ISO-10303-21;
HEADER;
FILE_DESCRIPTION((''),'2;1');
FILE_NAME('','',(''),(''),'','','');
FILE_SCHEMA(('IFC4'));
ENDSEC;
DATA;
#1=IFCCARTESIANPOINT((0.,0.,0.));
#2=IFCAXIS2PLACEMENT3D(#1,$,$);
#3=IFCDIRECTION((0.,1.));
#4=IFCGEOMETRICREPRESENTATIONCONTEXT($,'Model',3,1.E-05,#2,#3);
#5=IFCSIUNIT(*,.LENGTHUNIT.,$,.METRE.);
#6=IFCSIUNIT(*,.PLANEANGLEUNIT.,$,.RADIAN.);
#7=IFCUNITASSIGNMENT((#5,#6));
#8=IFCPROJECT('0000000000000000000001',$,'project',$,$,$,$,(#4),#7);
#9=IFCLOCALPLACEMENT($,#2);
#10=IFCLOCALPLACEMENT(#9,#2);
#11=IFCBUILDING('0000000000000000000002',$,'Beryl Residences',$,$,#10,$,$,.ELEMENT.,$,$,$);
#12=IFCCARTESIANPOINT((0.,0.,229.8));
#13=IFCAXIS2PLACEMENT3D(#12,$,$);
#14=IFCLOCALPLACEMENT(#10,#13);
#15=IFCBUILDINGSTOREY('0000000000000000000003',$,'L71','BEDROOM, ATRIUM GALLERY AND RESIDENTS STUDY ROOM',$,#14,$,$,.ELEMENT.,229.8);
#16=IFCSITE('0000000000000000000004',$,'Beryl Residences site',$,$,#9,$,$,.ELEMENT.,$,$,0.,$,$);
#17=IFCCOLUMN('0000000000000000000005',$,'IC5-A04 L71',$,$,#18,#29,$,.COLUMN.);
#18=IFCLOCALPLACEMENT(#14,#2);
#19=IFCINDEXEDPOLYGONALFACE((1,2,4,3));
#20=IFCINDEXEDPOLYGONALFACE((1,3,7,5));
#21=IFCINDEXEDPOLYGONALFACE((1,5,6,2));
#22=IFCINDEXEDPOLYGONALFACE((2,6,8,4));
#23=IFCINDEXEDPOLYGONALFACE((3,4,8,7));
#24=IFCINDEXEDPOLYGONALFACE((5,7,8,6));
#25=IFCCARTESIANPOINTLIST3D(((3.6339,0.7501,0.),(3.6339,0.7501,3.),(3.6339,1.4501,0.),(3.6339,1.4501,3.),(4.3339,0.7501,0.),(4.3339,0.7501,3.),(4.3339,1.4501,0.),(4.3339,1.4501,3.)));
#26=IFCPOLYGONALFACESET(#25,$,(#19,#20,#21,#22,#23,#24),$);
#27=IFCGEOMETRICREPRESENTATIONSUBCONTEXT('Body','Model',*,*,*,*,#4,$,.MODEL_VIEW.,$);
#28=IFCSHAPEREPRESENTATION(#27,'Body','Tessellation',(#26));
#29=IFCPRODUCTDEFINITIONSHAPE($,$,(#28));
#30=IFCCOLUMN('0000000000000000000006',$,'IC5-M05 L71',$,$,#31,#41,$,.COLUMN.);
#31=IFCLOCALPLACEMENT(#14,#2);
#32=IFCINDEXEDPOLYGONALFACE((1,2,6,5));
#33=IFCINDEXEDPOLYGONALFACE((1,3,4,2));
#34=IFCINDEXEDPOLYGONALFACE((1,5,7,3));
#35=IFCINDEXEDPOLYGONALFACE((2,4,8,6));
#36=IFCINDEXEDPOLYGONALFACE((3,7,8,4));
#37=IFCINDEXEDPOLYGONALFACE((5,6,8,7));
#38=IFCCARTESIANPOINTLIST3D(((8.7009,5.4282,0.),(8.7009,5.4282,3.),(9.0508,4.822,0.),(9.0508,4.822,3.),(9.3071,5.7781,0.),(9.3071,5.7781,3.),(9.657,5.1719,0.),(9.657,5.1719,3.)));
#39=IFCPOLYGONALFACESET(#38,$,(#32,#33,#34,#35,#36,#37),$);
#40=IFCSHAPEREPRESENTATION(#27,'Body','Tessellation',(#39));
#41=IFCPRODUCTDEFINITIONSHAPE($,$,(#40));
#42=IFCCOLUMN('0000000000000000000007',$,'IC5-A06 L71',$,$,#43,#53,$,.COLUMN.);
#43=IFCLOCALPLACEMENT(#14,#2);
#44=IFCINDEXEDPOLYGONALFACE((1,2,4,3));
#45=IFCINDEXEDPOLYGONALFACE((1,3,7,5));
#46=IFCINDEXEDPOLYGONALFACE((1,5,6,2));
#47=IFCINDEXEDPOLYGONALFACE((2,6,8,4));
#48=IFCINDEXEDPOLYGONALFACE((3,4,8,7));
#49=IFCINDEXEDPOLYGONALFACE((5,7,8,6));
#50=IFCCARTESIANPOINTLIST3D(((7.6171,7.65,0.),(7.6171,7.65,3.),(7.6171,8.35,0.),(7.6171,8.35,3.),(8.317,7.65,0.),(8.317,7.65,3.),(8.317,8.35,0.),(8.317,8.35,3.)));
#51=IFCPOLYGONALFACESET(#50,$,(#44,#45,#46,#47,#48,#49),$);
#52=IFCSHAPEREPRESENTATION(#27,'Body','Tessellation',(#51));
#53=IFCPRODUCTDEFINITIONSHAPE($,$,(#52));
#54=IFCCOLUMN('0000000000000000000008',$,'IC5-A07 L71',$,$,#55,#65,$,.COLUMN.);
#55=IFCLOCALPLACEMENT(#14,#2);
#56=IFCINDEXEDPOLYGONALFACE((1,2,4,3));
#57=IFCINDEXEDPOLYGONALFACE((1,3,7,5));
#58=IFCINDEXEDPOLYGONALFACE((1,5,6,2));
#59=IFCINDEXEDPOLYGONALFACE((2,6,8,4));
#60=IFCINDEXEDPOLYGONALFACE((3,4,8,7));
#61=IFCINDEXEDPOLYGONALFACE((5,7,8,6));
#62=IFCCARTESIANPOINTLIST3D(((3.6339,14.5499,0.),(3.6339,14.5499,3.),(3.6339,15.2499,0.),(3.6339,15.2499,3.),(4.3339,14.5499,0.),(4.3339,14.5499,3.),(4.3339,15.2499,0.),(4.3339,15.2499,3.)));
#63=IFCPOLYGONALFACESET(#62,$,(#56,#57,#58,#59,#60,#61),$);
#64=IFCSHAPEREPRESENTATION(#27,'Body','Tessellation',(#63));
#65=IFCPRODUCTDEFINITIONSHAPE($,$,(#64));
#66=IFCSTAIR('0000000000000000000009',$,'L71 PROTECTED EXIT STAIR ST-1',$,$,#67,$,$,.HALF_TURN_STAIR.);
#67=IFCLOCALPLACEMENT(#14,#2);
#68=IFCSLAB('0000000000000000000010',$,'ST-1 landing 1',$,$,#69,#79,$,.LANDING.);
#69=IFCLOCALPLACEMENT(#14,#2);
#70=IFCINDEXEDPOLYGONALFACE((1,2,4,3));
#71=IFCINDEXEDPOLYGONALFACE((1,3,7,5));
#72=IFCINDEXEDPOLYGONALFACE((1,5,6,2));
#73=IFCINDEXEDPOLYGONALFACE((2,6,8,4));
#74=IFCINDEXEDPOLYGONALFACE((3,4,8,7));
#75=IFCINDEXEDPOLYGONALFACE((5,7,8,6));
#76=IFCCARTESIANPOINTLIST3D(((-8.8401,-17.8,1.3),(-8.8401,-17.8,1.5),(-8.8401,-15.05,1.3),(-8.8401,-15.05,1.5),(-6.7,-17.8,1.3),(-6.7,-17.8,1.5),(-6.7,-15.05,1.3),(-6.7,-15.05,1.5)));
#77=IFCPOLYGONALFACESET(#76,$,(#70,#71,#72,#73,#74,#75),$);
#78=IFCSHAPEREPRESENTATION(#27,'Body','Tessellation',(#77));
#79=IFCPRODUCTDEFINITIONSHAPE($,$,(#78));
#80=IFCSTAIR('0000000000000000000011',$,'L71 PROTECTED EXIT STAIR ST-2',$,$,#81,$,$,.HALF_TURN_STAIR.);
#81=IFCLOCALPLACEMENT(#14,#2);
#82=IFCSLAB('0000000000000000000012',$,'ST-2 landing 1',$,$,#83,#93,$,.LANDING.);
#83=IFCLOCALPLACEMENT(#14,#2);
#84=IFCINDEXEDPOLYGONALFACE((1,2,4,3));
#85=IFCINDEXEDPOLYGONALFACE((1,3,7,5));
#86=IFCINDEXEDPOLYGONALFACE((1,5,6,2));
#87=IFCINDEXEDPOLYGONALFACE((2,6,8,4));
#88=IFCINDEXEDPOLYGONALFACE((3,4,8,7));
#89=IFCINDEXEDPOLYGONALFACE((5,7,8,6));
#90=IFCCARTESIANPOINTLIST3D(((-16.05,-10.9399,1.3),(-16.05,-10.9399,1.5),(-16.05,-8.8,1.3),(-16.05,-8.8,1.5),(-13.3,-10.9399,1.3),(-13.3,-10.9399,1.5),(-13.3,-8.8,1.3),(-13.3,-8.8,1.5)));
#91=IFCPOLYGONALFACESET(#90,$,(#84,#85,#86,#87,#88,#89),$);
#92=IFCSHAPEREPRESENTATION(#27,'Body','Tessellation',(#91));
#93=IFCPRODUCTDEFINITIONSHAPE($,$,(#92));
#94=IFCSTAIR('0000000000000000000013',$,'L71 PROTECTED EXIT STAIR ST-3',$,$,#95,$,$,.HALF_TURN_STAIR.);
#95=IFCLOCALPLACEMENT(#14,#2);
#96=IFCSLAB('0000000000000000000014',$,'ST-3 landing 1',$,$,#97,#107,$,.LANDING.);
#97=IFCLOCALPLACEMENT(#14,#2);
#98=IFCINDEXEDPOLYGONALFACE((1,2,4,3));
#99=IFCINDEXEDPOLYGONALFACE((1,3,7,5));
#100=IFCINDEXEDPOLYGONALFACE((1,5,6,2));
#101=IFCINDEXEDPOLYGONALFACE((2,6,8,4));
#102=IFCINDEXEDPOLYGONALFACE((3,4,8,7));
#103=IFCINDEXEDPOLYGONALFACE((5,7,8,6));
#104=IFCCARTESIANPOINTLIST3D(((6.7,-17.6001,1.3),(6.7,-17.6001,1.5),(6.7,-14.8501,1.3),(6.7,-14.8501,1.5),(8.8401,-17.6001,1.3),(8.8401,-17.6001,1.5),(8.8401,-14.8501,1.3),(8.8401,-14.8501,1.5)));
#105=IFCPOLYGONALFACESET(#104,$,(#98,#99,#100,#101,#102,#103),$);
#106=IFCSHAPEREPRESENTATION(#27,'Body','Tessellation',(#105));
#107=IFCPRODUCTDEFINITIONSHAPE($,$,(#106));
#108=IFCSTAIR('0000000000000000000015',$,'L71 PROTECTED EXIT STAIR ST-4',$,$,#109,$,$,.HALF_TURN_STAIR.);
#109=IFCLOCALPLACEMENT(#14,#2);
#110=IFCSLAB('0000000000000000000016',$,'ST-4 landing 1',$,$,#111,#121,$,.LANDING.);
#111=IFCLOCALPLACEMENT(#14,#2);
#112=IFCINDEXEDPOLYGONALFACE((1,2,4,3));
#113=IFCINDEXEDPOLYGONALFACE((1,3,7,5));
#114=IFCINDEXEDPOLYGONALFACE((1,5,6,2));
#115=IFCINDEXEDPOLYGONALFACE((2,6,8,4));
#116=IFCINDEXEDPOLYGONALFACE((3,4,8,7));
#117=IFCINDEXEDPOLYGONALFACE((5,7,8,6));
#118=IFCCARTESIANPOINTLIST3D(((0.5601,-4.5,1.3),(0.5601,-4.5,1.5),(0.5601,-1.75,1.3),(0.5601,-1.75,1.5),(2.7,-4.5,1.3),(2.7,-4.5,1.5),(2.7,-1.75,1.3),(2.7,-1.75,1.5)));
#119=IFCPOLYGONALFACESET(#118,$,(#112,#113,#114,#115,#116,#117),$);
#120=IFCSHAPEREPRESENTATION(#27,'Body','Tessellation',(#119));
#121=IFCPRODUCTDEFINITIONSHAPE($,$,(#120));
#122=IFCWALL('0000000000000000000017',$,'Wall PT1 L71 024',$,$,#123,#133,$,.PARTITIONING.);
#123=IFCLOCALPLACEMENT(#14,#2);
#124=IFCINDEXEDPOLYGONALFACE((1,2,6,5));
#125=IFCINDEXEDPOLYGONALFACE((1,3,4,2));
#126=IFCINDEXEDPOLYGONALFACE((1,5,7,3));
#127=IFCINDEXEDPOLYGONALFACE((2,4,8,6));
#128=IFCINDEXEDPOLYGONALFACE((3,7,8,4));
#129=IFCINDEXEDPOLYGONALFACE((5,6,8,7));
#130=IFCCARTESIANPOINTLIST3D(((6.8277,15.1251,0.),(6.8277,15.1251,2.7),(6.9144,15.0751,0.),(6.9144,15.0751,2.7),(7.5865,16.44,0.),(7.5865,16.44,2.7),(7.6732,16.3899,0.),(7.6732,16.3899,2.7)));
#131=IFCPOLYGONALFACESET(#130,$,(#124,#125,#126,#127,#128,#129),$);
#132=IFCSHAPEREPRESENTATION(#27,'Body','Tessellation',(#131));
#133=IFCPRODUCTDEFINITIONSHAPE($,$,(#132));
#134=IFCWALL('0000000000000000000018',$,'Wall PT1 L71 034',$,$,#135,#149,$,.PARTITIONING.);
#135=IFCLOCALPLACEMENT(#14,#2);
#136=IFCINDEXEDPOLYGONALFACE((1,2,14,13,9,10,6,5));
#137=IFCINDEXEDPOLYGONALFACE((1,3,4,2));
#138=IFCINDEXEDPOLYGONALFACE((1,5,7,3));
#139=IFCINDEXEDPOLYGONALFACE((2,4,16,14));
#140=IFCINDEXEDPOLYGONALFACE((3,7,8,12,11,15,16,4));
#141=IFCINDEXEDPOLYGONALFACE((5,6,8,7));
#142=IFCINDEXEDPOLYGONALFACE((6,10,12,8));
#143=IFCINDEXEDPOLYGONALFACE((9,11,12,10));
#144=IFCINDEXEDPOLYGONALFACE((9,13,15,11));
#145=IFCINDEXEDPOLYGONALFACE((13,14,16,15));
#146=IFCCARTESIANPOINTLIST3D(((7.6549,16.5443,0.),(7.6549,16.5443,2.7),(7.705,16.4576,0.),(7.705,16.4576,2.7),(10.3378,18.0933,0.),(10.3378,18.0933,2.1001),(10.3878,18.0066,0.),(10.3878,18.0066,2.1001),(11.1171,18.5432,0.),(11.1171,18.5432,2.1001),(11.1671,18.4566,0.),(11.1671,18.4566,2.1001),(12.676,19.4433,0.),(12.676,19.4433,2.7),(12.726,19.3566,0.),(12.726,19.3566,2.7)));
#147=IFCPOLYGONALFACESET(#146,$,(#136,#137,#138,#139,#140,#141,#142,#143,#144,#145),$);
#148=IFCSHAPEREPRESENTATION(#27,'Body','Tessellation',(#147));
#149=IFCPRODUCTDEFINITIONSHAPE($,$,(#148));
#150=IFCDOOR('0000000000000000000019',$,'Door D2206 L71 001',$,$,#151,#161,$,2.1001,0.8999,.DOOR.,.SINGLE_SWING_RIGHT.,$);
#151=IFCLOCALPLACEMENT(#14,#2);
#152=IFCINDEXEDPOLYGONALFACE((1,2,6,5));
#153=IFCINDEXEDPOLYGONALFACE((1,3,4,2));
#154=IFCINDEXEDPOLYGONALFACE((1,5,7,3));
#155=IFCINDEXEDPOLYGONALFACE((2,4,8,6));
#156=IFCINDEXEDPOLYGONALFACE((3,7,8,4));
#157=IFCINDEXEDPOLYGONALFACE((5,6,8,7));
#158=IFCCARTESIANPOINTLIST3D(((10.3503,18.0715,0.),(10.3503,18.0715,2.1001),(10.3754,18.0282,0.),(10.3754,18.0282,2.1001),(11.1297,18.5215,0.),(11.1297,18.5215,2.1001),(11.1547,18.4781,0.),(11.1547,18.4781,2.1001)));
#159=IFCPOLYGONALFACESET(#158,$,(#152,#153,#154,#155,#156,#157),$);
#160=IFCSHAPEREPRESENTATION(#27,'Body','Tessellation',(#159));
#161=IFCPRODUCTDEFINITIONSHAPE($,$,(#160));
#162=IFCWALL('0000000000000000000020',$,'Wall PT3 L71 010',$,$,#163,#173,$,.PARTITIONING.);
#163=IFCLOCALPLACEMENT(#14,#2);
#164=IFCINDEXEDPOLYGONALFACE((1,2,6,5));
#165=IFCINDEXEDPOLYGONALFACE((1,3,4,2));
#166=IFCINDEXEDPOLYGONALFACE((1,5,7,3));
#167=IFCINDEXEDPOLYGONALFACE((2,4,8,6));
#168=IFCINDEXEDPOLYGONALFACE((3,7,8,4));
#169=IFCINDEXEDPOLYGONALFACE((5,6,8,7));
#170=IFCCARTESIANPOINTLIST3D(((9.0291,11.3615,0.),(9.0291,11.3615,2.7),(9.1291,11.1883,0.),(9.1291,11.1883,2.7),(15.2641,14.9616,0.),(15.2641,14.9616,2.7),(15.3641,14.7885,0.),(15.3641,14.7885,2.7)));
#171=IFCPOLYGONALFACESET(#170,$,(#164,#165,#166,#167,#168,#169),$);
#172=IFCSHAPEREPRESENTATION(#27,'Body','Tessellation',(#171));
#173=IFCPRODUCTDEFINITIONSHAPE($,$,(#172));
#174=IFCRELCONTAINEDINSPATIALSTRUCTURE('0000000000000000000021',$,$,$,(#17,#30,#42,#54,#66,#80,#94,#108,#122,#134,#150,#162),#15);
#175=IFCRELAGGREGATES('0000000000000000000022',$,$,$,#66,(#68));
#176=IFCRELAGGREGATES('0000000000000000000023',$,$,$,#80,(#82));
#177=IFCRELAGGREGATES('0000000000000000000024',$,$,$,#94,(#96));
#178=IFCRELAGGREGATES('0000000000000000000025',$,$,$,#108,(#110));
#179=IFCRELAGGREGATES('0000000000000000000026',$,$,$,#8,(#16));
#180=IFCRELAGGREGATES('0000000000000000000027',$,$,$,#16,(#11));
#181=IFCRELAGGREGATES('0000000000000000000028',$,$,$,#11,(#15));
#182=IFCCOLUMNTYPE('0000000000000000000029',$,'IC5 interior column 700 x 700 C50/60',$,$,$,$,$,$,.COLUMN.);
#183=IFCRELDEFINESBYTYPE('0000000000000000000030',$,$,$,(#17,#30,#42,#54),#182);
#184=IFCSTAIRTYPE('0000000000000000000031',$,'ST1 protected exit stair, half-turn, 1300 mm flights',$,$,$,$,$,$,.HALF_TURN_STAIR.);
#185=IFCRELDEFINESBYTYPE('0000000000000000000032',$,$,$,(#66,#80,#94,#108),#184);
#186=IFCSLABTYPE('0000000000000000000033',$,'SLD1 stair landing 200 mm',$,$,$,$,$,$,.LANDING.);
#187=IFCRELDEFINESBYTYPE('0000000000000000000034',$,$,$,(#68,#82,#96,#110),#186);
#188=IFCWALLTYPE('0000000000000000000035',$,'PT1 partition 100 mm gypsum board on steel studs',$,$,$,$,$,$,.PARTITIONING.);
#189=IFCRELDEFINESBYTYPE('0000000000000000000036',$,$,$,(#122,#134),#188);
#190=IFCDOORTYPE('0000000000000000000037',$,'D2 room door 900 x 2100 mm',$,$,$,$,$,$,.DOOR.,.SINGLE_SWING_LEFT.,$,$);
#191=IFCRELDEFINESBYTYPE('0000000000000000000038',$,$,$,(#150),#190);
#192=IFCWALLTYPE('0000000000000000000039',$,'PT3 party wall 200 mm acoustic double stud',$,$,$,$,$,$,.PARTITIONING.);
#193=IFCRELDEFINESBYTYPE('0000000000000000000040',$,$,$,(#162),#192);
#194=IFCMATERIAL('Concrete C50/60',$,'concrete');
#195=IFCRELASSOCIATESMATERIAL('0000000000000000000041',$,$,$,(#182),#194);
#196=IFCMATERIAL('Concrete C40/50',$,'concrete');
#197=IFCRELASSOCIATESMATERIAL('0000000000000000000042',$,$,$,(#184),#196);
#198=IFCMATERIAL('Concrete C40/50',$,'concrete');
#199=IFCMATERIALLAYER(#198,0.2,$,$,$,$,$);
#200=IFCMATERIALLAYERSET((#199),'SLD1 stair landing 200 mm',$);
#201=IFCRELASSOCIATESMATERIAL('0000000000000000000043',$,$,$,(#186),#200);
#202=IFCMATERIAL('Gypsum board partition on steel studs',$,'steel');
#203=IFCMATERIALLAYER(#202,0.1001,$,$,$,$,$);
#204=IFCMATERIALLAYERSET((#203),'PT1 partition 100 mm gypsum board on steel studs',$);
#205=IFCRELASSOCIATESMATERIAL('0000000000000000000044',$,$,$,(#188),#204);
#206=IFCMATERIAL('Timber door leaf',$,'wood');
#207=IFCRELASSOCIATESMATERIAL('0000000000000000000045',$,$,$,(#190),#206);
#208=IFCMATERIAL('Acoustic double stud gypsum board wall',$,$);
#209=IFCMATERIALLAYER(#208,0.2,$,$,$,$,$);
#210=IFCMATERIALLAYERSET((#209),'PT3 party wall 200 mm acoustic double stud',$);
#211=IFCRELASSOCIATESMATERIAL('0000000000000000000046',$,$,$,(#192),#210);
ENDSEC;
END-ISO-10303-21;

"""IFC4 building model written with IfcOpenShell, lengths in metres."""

from ifc_helpers import new_model, si_unit, direction, frame, frame_2d, origin, origin_2d, place, context, subcontext, project, spatial, polyline, rectangle, outline, extrude, material, layer, layer_set, material_profile, profile_set, type_object, element, fill, aggregate, save


model = new_model("IFC4")

# Units and contexts
model_context = context("Model", 3, precision=1e-05, world=origin(), true_north=direction((0.0, 1.0)))
body_context = subcontext(model_context, "Body", "Model", "MODEL_VIEW")
ifc_project = project(units=[si_unit("LENGTHUNIT", "METRE"), si_unit("PLANEANGLEUNIT", "RADIAN")], contexts=[model_context])

# Site, building, storey
site_placement = place(None, origin())
site = spatial("IfcSite", under=ifc_project, at=site_placement, Name="Beryl Residences site", CompositionType="ELEMENT", RefElevation=0.0)
building_placement = place(site_placement, origin())
building = spatial("IfcBuilding", under=site, at=building_placement, Name="Beryl Residences", CompositionType="ELEMENT")
storey_placement = place(building_placement, frame((0.0, 0.0, 229.8)))
storey = spatial("IfcBuildingStorey", under=building, at=storey_placement, Name="L71", Description="BEDROOM, ATRIUM GALLERY AND RESIDENTS STUDY ROOM", CompositionType="ELEMENT", Elevation=229.8)

# Columns
ifc_material_1 = material(Name="Concrete C50/60", Category="concrete")
ifc_material_profile = material_profile(ifc_material_1, rectangle(XDim=0.7, YDim=0.7, at=origin_2d()))
ifc_profile_set = profile_set([ifc_material_profile], Name="Concrete C50/60")
column_type = type_object("IfcColumnType", Name="IC5 interior column 700 x 700 C50/60", PredefinedType="COLUMN", material=ifc_profile_set)
for number, where, z_axis, x_axis, name in (
    (1, (3.9839, 1.1001, 0.0), (0.0, 0.0, 1.0), (1.0, 0.0, 0.0), "IC5-A04 L71"),
    (2, (9.179, 5.3, 0.0), (0.0, 0.0, 1.0), (-0.49997, 0.866043, 0.0), "IC5-M05 L71"),
    (3, (7.967, 8.0, 0.0), (0.0, 0.0, 1.0), (1.0, 0.0, 0.0), "IC5-A06 L71"),
    (4, (3.9839, 14.8999, 0.0), (0.0, 0.0, 1.0), (1.0, 0.0, 0.0), "IC5-A07 L71"),
):
    element("IfcColumn", number, at=place(storey_placement, frame(where, z_axis=z_axis, x_axis=x_axis)), inside=storey, type_object=column_type, Name=name, PredefinedType="COLUMN", context=body_context, shape_type="SweptSolid", body=[
        extrude(rectangle(XDim=0.7, YDim=0.7, at=origin_2d()), origin(), (0.0, 0.0, 1.0), 3.0),
    ])

# Stairs, slabs
ifc_material_2 = material(Name="Concrete C40/50", Category="concrete")
stair_type = type_object("IfcStairType", Name="ST1 protected exit stair, half-turn, 1300 mm flights", PredefinedType="HALF_TURN_STAIR", material=ifc_material_2)
stair_1_placement = place(storey_placement, origin())
stair_1 = element("IfcStair", 5, at=stair_1_placement, inside=storey, type_object=stair_type, Name="L71 PROTECTED EXIT STAIR ST-1", PredefinedType="HALF_TURN_STAIR")
ifc_material_3 = material(Name="Concrete C40/50", Category="concrete")
ifc_layer_1 = layer(ifc_material_3, 0.2)
ifc_layer_set_1 = layer_set([ifc_layer_1], Name="SLD1 stair landing 200 mm")
slab_type_1 = type_object("IfcSlabType", Name="SLD1 stair landing 200 mm", PredefinedType="LANDING", material=ifc_layer_set_1)
slab_1_placement = place(storey_placement, frame((0.0, 0.0, 1.3)))
slab_1 = element("IfcSlab", 6, at=slab_1_placement, type_object=slab_type_1, Name="ST-1 landing 1", PredefinedType="LANDING", context=body_context, shape_type="SweptSolid", body=[
    extrude(outline(polyline([(-8.8401, -17.8), (-6.7, -17.8), (-6.7, -15.05), (-8.8401, -15.05), (-8.8401, -17.8)])), origin(), (0.0, 0.0, 1.0), 0.2),
])
aggregate(stair_1, [slab_1])
stair_2_placement = place(storey_placement, origin())
stair_2 = element("IfcStair", 7, at=stair_2_placement, inside=storey, type_object=stair_type, Name="L71 PROTECTED EXIT STAIR ST-2", PredefinedType="HALF_TURN_STAIR")
slab_2_placement = place(storey_placement, frame((0.0, 0.0, 1.3)))
slab_2 = element("IfcSlab", 8, at=slab_2_placement, type_object=slab_type_1, Name="ST-2 landing 1", PredefinedType="LANDING", context=body_context, shape_type="SweptSolid", body=[
    extrude(outline(polyline([(-13.3, -10.9399), (-13.3, -8.8), (-16.05, -8.8), (-16.05, -10.9399), (-13.3, -10.9399)])), origin(), (0.0, 0.0, 1.0), 0.2),
])
aggregate(stair_2, [slab_2])
stair_3_placement = place(storey_placement, origin())
stair_3 = element("IfcStair", 9, at=stair_3_placement, inside=storey, type_object=stair_type, Name="L71 PROTECTED EXIT STAIR ST-3", PredefinedType="HALF_TURN_STAIR")
slab_3_placement = place(storey_placement, frame((0.0, 0.0, 1.3)))
slab_3 = element("IfcSlab", 10, at=slab_3_placement, type_object=slab_type_1, Name="ST-3 landing 1", PredefinedType="LANDING", context=body_context, shape_type="SweptSolid", body=[
    extrude(outline(polyline([(8.8401, -14.8501), (6.7, -14.8501), (6.7, -17.6001), (8.8401, -17.6001), (8.8401, -14.8501)])), origin(), (0.0, 0.0, 1.0), 0.2),
])
aggregate(stair_3, [slab_3])
stair_4_placement = place(storey_placement, origin())
stair_4 = element("IfcStair", 11, at=stair_4_placement, inside=storey, type_object=stair_type, Name="L71 PROTECTED EXIT STAIR ST-4", PredefinedType="HALF_TURN_STAIR")
slab_4_placement = place(storey_placement, frame((0.0, 0.0, 1.3)))
slab_4 = element("IfcSlab", 12, at=slab_4_placement, type_object=slab_type_1, Name="ST-4 landing 1", PredefinedType="LANDING", context=body_context, shape_type="SweptSolid", body=[
    extrude(outline(polyline([(0.5601, -4.5), (2.7, -4.5), (2.7, -1.75), (0.5601, -1.75), (0.5601, -4.5)])), origin(), (0.0, 0.0, 1.0), 0.2),
])
aggregate(stair_4, [slab_4])

# Wall
ifc_material_4 = material(Name="Gypsum board partition on steel studs", Category="steel")
ifc_layer_2 = layer(ifc_material_4, 0.1001)
ifc_layer_set_2 = layer_set([ifc_layer_2], Name="PT1 partition 100 mm gypsum board on steel studs")
wall_type_1 = type_object("IfcWallType", Name="PT1 partition 100 mm gypsum board on steel studs", PredefinedType="PARTITIONING", material=ifc_layer_set_2)
wall_1_placement = place(storey_placement, frame((6.8711, 15.1001, 0.0), z_axis=(0.0, 0.0, 1.0), x_axis=(0.499806, 0.866137, 0.0)))
element("IfcWall", 13, at=wall_1_placement, inside=storey, type_object=wall_type_1, Name="Wall PT1 L71 024", PredefinedType="PARTITIONING", context=body_context, shape_type="SweptSolid", body=[
    extrude(rectangle(XDim=1.5181, YDim=0.1001, at=frame_2d((0.759, 0.0))), origin(), (0.0, 0.0, 1.0), 2.7),
])

# Wall, opening, door
wall_2_placement = place(storey_placement, frame((7.6799, 16.501, 0.0), z_axis=(0.0, 0.0, 1.0), x_axis=(0.866021, 0.500007, 0.0)))
wall_2 = element("IfcWall", 14, at=wall_2_placement, inside=storey, type_object=wall_type_1, Name="Wall PT1 L71 034", PredefinedType="PARTITIONING", context=body_context, shape_type="SweptSolid", body=[
    extrude(rectangle(XDim=5.7979, YDim=0.1001, at=frame_2d((2.8989, 0.0))), origin(), (0.0, 0.0, 1.0), 2.7),
])
opening_1_placement = place(wall_2_placement, frame((3.0979, 0.0, 0.0)))
opening_1 = element("IfcOpeningElement", 15, at=opening_1_placement, cuts=wall_2, PredefinedType="OPENING", context=body_context, shape_type="SweptSolid", body=[
    extrude(rectangle(XDim=0.8999, YDim=2.1001, at=frame_2d((0.45, 1.05))), frame((0.0, 0.0601, 0.0), z_axis=(0.0, -1.0, 0.0), x_axis=(1.0, 0.0, 0.0)), (0.0, 0.0, 1.0), 0.1201),
])
ifc_material_5 = material(Name="Timber door leaf", Category="wood")
door_type_1 = type_object("IfcDoorType", Name="D2 room door 900 x 2100 mm", OperationType="SINGLE_SWING_LEFT", PredefinedType="DOOR", material=ifc_material_5)
door_1_placement = place(opening_1_placement, origin())
door_1 = element("IfcDoor", 16, at=door_1_placement, inside=storey, type_object=door_type_1, Name="Door D2206 L71 001", OperationType="SINGLE_SWING_RIGHT", OverallHeight=2.1001, OverallWidth=0.8999, PredefinedType="DOOR", context=body_context, shape_type="SweptSolid", body=[
    extrude(rectangle(XDim=0.8999, YDim=2.1001, at=frame_2d((0.45, 1.05))), frame((0.0, 0.0249, 0.0), z_axis=(0.0, -1.0, 0.0), x_axis=(1.0, 0.0, 0.0)), (0.0, 0.0, 1.0), 0.05),
])
fill(opening_1, door_1)

# Wall
ifc_material_6 = material(Name="Acoustic double stud gypsum board wall")
ifc_layer_3 = layer(ifc_material_6, 0.2)
ifc_layer_set_3 = layer_set([ifc_layer_3], Name="PT3 party wall 200 mm acoustic double stud")
wall_type_2 = type_object("IfcWallType", Name="PT3 party wall 200 mm acoustic double stud", PredefinedType="PARTITIONING", material=ifc_layer_set_3)
wall_3_placement = place(storey_placement, frame((9.0791, 11.2749, 0.0), z_axis=(0.0, 0.0, 1.0), x_axis=(0.866001, 0.500041, 0.0)))
element("IfcWall", 17, at=wall_3_placement, inside=storey, type_object=wall_type_2, Name="Wall PT3 L71 010", PredefinedType="PARTITIONING", context=body_context, shape_type="SweptSolid", body=[
    extrude(rectangle(XDim=7.1997, YDim=0.2, at=frame_2d((3.5999, 0.0))), origin(), (0.0, 0.0, 1.0), 2.7),
])

save(model, "model.ifc")
